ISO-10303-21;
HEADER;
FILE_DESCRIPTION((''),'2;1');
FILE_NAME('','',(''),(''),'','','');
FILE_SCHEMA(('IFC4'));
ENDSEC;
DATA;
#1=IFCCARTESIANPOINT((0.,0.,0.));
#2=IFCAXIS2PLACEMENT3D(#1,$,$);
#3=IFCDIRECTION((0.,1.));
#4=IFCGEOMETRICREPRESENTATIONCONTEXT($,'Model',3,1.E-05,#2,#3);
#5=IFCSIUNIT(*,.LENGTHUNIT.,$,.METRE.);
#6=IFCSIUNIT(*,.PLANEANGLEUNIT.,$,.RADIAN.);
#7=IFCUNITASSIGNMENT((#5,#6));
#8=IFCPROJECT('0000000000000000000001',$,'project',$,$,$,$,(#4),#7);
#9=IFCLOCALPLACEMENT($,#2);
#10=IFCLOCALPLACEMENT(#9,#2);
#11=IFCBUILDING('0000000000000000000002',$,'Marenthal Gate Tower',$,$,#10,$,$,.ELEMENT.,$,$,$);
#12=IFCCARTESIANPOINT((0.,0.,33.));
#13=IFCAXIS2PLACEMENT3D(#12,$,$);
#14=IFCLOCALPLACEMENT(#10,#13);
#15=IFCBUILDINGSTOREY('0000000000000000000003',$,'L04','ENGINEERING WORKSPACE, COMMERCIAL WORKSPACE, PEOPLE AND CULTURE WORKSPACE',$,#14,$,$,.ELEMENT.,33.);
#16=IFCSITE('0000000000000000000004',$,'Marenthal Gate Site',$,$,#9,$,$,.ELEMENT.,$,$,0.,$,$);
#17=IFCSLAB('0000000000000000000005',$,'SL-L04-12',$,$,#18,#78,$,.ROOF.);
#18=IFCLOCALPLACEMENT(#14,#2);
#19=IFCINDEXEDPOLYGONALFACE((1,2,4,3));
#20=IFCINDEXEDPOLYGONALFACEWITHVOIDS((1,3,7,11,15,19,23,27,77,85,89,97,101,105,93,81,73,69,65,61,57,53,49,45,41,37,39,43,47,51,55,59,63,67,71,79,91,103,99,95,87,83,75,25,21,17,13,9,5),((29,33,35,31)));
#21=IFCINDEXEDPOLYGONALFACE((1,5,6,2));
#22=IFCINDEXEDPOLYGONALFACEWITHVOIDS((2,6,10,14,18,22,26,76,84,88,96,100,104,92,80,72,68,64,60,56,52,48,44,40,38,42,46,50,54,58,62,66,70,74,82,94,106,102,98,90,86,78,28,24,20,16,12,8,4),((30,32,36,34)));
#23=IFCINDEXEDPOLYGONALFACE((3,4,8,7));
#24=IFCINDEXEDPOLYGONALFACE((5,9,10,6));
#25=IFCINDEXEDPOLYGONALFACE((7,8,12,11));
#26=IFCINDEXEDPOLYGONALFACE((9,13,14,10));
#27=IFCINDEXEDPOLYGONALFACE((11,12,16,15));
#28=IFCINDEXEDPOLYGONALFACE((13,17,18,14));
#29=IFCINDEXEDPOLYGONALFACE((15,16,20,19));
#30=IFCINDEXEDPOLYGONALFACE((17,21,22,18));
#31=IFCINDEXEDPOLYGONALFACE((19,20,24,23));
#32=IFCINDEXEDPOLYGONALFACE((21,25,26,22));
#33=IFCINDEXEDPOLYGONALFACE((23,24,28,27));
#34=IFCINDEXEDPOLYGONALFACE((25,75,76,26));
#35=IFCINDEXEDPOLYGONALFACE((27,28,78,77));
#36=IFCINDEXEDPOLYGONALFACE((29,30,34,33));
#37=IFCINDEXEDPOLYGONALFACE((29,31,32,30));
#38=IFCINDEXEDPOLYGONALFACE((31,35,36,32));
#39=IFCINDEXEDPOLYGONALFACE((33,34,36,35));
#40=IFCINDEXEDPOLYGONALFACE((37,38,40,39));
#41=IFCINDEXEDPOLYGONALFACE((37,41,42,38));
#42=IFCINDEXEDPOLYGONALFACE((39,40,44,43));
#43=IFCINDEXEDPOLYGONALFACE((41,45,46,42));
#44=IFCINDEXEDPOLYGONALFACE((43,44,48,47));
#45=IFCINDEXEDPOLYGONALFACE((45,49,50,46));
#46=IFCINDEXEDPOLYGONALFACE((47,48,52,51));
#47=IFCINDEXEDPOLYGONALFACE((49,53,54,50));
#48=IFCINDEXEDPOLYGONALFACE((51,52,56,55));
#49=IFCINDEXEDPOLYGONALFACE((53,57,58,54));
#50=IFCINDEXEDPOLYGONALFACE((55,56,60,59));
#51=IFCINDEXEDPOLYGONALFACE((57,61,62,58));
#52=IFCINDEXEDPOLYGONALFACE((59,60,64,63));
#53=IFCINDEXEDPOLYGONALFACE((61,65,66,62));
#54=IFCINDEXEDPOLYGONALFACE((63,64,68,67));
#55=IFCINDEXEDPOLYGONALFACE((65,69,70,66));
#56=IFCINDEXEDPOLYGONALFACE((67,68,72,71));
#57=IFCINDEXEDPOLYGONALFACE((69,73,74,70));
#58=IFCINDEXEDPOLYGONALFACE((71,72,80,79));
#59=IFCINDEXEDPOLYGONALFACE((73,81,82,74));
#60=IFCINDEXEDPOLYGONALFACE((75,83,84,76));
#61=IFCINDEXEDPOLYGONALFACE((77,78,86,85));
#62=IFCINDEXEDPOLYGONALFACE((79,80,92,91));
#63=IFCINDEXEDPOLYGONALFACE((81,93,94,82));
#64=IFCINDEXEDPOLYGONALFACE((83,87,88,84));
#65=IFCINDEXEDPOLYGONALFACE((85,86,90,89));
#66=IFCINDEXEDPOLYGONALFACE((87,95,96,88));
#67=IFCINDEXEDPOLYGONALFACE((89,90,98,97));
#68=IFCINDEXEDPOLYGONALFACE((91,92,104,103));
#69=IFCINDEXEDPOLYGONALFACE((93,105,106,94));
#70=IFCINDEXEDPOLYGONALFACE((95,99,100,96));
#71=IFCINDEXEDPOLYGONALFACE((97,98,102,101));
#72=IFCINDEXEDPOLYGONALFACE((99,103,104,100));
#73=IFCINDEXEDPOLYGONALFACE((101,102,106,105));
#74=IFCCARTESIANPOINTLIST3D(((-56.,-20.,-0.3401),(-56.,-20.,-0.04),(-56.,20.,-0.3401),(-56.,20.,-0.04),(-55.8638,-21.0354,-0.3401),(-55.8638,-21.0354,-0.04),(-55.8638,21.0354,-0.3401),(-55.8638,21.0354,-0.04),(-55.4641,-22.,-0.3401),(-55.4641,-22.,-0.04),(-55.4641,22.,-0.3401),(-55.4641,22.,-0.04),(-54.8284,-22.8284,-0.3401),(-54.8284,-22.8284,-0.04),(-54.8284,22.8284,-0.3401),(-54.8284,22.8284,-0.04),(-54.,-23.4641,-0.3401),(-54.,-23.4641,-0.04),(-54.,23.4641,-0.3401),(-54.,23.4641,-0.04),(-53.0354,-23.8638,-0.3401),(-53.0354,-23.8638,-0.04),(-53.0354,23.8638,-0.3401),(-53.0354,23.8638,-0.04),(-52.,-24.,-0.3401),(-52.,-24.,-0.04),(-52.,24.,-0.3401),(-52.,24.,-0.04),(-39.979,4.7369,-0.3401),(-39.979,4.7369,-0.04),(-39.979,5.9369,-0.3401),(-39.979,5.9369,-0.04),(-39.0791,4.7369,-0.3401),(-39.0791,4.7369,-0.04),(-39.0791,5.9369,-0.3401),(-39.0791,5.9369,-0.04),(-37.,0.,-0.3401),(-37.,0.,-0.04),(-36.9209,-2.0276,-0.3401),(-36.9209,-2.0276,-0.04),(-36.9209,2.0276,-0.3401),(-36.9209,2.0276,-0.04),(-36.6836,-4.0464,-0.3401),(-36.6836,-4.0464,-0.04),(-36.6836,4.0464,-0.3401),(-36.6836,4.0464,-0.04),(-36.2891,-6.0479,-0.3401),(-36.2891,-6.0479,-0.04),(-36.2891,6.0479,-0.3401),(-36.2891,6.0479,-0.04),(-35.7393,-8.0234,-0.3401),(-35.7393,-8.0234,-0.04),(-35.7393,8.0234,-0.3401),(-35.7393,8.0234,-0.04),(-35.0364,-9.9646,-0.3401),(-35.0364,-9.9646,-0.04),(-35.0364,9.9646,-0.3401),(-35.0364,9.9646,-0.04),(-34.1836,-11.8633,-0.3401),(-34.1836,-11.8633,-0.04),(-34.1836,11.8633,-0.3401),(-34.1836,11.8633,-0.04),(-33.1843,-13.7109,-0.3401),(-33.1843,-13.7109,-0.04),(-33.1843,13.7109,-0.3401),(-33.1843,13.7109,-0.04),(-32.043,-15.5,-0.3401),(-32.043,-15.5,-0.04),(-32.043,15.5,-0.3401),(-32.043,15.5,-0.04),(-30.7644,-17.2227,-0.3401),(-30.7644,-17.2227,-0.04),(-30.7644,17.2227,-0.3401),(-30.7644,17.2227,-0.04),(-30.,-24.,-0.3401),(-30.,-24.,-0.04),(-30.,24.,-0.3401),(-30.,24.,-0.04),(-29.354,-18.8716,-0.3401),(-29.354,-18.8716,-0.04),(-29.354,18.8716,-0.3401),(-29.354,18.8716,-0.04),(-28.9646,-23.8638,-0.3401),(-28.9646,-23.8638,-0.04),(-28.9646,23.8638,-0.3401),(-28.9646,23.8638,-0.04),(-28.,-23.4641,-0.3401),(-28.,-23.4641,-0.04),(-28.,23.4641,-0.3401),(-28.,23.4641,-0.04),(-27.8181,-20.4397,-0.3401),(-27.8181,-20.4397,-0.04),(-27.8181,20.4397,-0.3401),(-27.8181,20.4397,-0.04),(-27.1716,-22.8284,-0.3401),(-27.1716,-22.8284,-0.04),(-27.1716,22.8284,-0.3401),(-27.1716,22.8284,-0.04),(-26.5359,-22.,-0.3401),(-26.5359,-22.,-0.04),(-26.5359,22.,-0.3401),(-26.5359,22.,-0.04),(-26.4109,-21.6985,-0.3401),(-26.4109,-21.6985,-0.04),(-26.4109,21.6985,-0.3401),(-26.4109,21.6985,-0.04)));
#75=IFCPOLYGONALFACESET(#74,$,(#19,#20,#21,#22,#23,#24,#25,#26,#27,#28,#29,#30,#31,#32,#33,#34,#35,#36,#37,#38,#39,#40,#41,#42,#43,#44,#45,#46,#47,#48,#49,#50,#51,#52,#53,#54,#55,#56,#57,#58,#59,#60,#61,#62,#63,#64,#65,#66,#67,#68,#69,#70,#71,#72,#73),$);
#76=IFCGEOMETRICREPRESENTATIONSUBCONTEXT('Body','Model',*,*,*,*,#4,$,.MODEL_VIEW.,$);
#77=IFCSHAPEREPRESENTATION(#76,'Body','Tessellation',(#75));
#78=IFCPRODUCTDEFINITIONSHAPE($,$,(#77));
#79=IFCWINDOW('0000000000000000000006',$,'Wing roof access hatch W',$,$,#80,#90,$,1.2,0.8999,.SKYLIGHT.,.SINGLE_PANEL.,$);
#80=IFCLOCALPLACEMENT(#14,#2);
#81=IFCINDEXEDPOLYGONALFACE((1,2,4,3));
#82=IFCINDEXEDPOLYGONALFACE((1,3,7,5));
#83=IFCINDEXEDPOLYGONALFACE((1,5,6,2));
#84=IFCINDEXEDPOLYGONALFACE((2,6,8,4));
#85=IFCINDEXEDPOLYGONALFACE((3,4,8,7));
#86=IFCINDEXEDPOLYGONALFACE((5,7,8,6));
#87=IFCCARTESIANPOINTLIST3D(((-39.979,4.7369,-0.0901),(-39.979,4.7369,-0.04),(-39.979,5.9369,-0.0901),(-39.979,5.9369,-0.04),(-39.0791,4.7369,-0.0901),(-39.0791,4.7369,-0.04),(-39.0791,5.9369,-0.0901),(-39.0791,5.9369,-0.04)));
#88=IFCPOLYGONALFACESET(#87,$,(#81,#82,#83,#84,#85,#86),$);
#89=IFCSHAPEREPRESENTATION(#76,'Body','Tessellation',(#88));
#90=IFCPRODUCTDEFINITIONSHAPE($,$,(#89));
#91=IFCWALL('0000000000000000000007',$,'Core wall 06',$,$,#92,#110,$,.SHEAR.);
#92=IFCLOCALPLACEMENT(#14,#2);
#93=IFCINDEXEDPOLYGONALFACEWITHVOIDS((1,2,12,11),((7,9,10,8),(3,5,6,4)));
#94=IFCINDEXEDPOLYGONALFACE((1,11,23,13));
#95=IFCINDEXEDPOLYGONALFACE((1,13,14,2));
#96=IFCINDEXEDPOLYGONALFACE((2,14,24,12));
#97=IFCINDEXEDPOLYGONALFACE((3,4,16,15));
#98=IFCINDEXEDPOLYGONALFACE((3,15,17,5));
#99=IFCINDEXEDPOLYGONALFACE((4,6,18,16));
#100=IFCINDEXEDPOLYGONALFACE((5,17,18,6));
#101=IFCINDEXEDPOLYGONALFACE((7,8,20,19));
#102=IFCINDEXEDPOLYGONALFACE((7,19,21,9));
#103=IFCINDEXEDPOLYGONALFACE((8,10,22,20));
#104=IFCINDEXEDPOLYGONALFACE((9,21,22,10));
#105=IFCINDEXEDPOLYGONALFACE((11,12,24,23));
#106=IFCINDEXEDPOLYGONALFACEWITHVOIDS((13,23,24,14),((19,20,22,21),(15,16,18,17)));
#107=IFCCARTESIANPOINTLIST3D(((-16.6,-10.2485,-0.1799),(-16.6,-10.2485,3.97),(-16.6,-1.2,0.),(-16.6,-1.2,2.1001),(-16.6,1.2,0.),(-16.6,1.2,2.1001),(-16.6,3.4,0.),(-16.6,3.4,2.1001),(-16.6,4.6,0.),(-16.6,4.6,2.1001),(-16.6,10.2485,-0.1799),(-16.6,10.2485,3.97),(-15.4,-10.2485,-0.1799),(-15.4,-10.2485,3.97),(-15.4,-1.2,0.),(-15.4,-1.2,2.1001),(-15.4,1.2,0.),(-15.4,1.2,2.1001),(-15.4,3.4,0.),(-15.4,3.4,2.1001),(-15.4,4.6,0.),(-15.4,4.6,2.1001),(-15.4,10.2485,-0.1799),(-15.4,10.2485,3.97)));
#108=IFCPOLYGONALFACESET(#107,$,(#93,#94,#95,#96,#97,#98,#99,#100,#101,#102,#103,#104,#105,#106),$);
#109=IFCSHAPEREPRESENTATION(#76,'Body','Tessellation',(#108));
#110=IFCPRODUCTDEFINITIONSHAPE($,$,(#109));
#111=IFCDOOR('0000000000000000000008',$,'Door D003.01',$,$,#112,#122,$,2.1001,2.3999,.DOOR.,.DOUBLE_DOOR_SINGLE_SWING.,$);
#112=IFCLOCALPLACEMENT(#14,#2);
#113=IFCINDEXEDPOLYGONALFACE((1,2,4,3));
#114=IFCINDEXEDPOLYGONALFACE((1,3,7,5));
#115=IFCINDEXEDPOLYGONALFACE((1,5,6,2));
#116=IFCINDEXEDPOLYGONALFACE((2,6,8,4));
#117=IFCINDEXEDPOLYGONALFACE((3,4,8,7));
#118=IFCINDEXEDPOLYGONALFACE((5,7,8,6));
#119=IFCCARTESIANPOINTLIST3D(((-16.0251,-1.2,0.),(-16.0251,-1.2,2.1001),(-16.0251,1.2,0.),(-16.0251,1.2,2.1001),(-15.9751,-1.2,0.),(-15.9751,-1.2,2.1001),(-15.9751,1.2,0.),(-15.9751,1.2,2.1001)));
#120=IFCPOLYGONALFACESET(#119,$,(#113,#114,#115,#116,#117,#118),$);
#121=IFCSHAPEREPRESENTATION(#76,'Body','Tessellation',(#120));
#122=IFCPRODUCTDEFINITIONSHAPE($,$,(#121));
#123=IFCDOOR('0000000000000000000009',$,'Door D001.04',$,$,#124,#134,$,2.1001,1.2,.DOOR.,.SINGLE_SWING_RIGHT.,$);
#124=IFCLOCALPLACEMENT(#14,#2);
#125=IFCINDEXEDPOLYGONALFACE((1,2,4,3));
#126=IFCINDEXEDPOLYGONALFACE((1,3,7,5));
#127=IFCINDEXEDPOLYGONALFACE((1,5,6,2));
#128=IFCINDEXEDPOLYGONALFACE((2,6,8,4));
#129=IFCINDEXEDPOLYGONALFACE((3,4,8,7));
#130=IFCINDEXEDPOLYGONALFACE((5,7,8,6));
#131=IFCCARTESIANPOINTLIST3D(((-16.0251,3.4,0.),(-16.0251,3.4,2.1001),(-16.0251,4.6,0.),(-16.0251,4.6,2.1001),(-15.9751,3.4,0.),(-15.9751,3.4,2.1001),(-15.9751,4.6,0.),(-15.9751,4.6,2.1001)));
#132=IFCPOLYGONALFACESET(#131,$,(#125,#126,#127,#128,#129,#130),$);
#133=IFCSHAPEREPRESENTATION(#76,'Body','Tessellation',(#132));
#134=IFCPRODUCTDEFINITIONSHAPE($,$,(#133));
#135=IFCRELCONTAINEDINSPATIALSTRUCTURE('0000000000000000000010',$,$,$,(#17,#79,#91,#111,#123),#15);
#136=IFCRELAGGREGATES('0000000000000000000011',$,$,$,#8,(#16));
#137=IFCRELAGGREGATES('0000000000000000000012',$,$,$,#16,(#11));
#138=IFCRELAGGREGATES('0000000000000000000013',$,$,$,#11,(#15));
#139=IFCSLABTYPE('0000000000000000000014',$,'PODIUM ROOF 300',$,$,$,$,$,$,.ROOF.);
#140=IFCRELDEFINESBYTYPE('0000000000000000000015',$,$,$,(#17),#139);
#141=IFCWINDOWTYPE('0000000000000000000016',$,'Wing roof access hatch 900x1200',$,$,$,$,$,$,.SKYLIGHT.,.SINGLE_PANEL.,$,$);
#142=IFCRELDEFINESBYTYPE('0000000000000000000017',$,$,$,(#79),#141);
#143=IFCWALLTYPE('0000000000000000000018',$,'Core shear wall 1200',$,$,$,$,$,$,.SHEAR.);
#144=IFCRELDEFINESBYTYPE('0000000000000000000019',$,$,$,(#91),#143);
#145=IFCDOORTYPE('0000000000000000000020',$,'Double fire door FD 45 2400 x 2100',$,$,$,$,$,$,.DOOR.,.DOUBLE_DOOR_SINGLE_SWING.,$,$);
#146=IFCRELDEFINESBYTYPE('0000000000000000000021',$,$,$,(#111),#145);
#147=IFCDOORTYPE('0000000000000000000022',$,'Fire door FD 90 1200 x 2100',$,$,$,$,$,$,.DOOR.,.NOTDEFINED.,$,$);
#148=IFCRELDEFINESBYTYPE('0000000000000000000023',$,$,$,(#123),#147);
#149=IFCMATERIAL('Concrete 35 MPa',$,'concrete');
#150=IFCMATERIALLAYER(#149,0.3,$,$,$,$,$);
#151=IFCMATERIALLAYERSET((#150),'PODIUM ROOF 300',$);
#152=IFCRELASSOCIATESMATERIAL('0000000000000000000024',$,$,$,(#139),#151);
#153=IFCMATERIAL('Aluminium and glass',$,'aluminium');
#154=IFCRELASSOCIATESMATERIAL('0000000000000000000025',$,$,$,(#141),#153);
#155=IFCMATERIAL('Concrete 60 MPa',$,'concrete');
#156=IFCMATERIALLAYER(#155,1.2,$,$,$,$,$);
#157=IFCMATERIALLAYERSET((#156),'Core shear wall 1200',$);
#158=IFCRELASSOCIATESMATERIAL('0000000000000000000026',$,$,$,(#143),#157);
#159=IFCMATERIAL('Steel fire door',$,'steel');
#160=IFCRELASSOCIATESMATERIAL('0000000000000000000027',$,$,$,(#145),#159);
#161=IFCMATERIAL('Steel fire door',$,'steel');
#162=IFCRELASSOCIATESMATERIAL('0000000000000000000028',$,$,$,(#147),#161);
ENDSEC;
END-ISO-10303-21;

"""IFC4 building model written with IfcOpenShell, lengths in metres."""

from ifc_helpers import new_model, si_unit, direction, frame, frame_2d, origin, origin_2d, place, context, subcontext, project, spatial, polyline, rectangle, outline, extrude, material, layer, layer_set, type_object, element, fill, save


model = new_model("IFC4")

# Units and contexts
model_context = context("Model", 3, precision=1e-05, world=origin(), true_north=direction((0.0, 1.0)))
body_context = subcontext(model_context, "Body", "Model", "MODEL_VIEW")
ifc_project = project(units=[si_unit("LENGTHUNIT", "METRE"), si_unit("PLANEANGLEUNIT", "RADIAN")], contexts=[model_context])

# Site, building, storey
site_placement = place(None, origin())
site = spatial("IfcSite", under=ifc_project, at=site_placement, Name="Marenthal Gate Site", CompositionType="ELEMENT", RefElevation=0.0)
building_placement = place(site_placement, origin())
building = spatial("IfcBuilding", under=site, at=building_placement, Name="Marenthal Gate Tower", CompositionType="ELEMENT")
storey_placement = place(building_placement, frame((0.0, 0.0, 33.0)))
storey = spatial("IfcBuildingStorey", under=building, at=storey_placement, Name="L04", Description="ENGINEERING WORKSPACE, COMMERCIAL WORKSPACE, PEOPLE AND CULTURE WORKSPACE", CompositionType="ELEMENT", Elevation=33.0)

# Slab, opening, window
ifc_material_1 = material(Name="Concrete 35 MPa", Category="concrete")
ifc_layer_1 = layer(ifc_material_1, 0.3)
ifc_layer_set_1 = layer_set([ifc_layer_1], Name="PODIUM ROOF 300")
slab_type_1 = type_object("IfcSlabType", Name="PODIUM ROOF 300", PredefinedType="ROOF", material=ifc_layer_set_1)
slab_1_placement = place(storey_placement, frame((0.0, 0.0, -0.3401)))
slab_1 = element("IfcSlab", 1, at=slab_1_placement, inside=storey, type_object=slab_type_1, Name="SL-L04-12", PredefinedType="ROOF", context=body_context, shape_type="SweptSolid", body=[
    extrude(outline(polyline([(-27.1716, -22.8284), (-28.0, -23.4641), (-28.9646, -23.8638), (-30.0, -24.0), (-52.0, -24.0), (-53.0354, -23.8638), (-54.0, -23.4641), (-54.8284, -22.8284), (-55.4641, -22.0), (-55.8638, -21.0354), (-56.0, -20.0), (-56.0, 20.0), (-55.8638, 21.0354), (-55.4641, 22.0), (-54.8284, 22.8284), (-54.0, 23.4641), (-53.0354, 23.8638), (-52.0, 24.0), (-30.0, 24.0), (-28.9646, 23.8638), (-28.0, 23.4641), (-27.1716, 22.8284), (-26.5359, 22.0), (-26.4109, 21.6985), (-27.8181, 20.4397), (-29.354, 18.8716), (-30.7644, 17.2227), (-32.043, 15.5), (-33.1843, 13.7109), (-34.1836, 11.8633), (-35.0364, 9.9646), (-35.7393, 8.0234), (-36.2891, 6.0479), (-36.6836, 4.0464), (-36.9209, 2.0276), (-37.0, 0.0), (-36.9209, -2.0276), (-36.6836, -4.0464), (-36.2891, -6.0479), (-35.7393, -8.0234), (-35.0364, -9.9646), (-34.1836, -11.8633), (-33.1843, -13.7109), (-32.043, -15.5), (-30.7644, -17.2227), (-29.354, -18.8716), (-27.8181, -20.4397), (-26.4109, -21.6985), (-26.5359, -22.0), (-27.1716, -22.8284)])), origin(), (0.0, 0.0, 1.0), 0.3),
])
opening_1_placement = place(slab_1_placement, frame((-39.5291, 5.3369, 0.0)))
opening_1 = element("IfcOpeningElement", 2, at=opening_1_placement, cuts=slab_1, PredefinedType="OPENING", context=body_context, shape_type="SweptSolid", body=[
    extrude(rectangle(XDim=0.8999, YDim=1.2, at=origin_2d()), origin(), (0.0, 0.0, 1.0), 0.3),
])
ifc_material_2 = material(Name="Aluminium and glass", Category="aluminium")
window_type = type_object("IfcWindowType", Name="Wing roof access hatch 900x1200", PartitioningType="SINGLE_PANEL", PredefinedType="SKYLIGHT", material=ifc_material_2)
window_placement = place(opening_1_placement, frame((0.0, 0.0, 0.25)))
window = element("IfcWindow", 3, at=window_placement, inside=storey, type_object=window_type, Name="Wing roof access hatch W", OverallHeight=1.2, OverallWidth=0.8999, PartitioningType="SINGLE_PANEL", PredefinedType="SKYLIGHT", context=body_context, shape_type="SweptSolid", body=[
    extrude(rectangle(XDim=0.8999, YDim=1.2, at=origin_2d()), origin(), (0.0, 0.0, 1.0), 0.05),
])
fill(opening_1, window)

# Wall, openings, doors
ifc_material_3 = material(Name="Concrete 60 MPa", Category="concrete")
ifc_layer_2 = layer(ifc_material_3, 1.2)
ifc_layer_set_2 = layer_set([ifc_layer_2], Name="Core shear wall 1200")
wall_type_1 = type_object("IfcWallType", Name="Core shear wall 1200", PredefinedType="SHEAR", material=ifc_layer_set_2)
wall_1_placement = place(storey_placement, frame((-16.0, 10.2485, -0.1799), z_axis=(0.0, 0.0, 1.0), x_axis=(0.0, -1.0, 0.0)))
wall_1 = element("IfcWall", 4, at=wall_1_placement, inside=storey, type_object=wall_type_1, Name="Core wall 06", PredefinedType="SHEAR", context=body_context, shape_type="SweptSolid", body=[
    extrude(rectangle(XDim=20.4971, YDim=1.2, at=frame_2d((10.2485, 0.0))), origin(), (0.0, 0.0, 1.0), 4.1499),
])
opening_2_placement = place(wall_1_placement, frame((9.0486, 0.0, 0.1799)))
opening_2 = element("IfcOpeningElement", 5, at=opening_2_placement, cuts=wall_1, PredefinedType="OPENING", context=body_context, shape_type="SweptSolid", body=[
    extrude(rectangle(XDim=2.3999, YDim=2.1001, at=frame_2d((1.2, 1.05))), frame((0.0, 0.6099, 0.0), z_axis=(0.0, -1.0, 0.0), x_axis=(1.0, 0.0, 0.0)), (0.0, 0.0, 1.0), 1.22),
])
opening_3_placement = place(wall_1_placement, frame((5.6484, 0.0, 0.1799)))
opening_3 = element("IfcOpeningElement", 6, at=opening_3_placement, cuts=wall_1, PredefinedType="OPENING", context=body_context, shape_type="SweptSolid", body=[
    extrude(rectangle(XDim=1.2, YDim=2.1001, at=frame_2d((0.6001, 1.05))), frame((0.0, 0.6099, 0.0), z_axis=(0.0, -1.0, 0.0), x_axis=(1.0, 0.0, 0.0)), (0.0, 0.0, 1.0), 1.22),
])
ifc_material_4 = material(Name="Steel fire door", Category="steel")
door_type_1 = type_object("IfcDoorType", Name="Double fire door FD 45 2400 x 2100", OperationType="DOUBLE_DOOR_SINGLE_SWING", PredefinedType="DOOR", material=ifc_material_4)
door_1_placement = place(opening_2_placement, origin())
door_1 = element("IfcDoor", 7, at=door_1_placement, inside=storey, type_object=door_type_1, Name="Door D003.01", OperationType="DOUBLE_DOOR_SINGLE_SWING", OverallHeight=2.1001, OverallWidth=2.3999, PredefinedType="DOOR", context=body_context, shape_type="SweptSolid", body=[
    extrude(rectangle(XDim=2.3999, YDim=2.1001, at=frame_2d((1.2, 1.05))), frame((0.0, 0.0249, 0.0), z_axis=(0.0, -1.0, 0.0), x_axis=(1.0, 0.0, 0.0)), (0.0, 0.0, 1.0), 0.05),
])
fill(opening_2, door_1)
ifc_material_5 = material(Name="Steel fire door", Category="steel")
door_type_2 = type_object("IfcDoorType", Name="Fire door FD 90 1200 x 2100", OperationType="NOTDEFINED", PredefinedType="DOOR", material=ifc_material_5)
door_2_placement = place(opening_3_placement, origin())
door_2 = element("IfcDoor", 8, at=door_2_placement, inside=storey, type_object=door_type_2, Name="Door D001.04", OperationType="SINGLE_SWING_RIGHT", OverallHeight=2.1001, OverallWidth=1.2, PredefinedType="DOOR", context=body_context, shape_type="SweptSolid", body=[
    extrude(rectangle(XDim=1.2, YDim=2.1001, at=frame_2d((0.6001, 1.05))), frame((0.0, 0.0249, 0.0), z_axis=(0.0, -1.0, 0.0), x_axis=(1.0, 0.0, 0.0)), (0.0, 0.0, 1.0), 0.05),
])
fill(opening_3, door_2)

save(model, "model.ifc")
